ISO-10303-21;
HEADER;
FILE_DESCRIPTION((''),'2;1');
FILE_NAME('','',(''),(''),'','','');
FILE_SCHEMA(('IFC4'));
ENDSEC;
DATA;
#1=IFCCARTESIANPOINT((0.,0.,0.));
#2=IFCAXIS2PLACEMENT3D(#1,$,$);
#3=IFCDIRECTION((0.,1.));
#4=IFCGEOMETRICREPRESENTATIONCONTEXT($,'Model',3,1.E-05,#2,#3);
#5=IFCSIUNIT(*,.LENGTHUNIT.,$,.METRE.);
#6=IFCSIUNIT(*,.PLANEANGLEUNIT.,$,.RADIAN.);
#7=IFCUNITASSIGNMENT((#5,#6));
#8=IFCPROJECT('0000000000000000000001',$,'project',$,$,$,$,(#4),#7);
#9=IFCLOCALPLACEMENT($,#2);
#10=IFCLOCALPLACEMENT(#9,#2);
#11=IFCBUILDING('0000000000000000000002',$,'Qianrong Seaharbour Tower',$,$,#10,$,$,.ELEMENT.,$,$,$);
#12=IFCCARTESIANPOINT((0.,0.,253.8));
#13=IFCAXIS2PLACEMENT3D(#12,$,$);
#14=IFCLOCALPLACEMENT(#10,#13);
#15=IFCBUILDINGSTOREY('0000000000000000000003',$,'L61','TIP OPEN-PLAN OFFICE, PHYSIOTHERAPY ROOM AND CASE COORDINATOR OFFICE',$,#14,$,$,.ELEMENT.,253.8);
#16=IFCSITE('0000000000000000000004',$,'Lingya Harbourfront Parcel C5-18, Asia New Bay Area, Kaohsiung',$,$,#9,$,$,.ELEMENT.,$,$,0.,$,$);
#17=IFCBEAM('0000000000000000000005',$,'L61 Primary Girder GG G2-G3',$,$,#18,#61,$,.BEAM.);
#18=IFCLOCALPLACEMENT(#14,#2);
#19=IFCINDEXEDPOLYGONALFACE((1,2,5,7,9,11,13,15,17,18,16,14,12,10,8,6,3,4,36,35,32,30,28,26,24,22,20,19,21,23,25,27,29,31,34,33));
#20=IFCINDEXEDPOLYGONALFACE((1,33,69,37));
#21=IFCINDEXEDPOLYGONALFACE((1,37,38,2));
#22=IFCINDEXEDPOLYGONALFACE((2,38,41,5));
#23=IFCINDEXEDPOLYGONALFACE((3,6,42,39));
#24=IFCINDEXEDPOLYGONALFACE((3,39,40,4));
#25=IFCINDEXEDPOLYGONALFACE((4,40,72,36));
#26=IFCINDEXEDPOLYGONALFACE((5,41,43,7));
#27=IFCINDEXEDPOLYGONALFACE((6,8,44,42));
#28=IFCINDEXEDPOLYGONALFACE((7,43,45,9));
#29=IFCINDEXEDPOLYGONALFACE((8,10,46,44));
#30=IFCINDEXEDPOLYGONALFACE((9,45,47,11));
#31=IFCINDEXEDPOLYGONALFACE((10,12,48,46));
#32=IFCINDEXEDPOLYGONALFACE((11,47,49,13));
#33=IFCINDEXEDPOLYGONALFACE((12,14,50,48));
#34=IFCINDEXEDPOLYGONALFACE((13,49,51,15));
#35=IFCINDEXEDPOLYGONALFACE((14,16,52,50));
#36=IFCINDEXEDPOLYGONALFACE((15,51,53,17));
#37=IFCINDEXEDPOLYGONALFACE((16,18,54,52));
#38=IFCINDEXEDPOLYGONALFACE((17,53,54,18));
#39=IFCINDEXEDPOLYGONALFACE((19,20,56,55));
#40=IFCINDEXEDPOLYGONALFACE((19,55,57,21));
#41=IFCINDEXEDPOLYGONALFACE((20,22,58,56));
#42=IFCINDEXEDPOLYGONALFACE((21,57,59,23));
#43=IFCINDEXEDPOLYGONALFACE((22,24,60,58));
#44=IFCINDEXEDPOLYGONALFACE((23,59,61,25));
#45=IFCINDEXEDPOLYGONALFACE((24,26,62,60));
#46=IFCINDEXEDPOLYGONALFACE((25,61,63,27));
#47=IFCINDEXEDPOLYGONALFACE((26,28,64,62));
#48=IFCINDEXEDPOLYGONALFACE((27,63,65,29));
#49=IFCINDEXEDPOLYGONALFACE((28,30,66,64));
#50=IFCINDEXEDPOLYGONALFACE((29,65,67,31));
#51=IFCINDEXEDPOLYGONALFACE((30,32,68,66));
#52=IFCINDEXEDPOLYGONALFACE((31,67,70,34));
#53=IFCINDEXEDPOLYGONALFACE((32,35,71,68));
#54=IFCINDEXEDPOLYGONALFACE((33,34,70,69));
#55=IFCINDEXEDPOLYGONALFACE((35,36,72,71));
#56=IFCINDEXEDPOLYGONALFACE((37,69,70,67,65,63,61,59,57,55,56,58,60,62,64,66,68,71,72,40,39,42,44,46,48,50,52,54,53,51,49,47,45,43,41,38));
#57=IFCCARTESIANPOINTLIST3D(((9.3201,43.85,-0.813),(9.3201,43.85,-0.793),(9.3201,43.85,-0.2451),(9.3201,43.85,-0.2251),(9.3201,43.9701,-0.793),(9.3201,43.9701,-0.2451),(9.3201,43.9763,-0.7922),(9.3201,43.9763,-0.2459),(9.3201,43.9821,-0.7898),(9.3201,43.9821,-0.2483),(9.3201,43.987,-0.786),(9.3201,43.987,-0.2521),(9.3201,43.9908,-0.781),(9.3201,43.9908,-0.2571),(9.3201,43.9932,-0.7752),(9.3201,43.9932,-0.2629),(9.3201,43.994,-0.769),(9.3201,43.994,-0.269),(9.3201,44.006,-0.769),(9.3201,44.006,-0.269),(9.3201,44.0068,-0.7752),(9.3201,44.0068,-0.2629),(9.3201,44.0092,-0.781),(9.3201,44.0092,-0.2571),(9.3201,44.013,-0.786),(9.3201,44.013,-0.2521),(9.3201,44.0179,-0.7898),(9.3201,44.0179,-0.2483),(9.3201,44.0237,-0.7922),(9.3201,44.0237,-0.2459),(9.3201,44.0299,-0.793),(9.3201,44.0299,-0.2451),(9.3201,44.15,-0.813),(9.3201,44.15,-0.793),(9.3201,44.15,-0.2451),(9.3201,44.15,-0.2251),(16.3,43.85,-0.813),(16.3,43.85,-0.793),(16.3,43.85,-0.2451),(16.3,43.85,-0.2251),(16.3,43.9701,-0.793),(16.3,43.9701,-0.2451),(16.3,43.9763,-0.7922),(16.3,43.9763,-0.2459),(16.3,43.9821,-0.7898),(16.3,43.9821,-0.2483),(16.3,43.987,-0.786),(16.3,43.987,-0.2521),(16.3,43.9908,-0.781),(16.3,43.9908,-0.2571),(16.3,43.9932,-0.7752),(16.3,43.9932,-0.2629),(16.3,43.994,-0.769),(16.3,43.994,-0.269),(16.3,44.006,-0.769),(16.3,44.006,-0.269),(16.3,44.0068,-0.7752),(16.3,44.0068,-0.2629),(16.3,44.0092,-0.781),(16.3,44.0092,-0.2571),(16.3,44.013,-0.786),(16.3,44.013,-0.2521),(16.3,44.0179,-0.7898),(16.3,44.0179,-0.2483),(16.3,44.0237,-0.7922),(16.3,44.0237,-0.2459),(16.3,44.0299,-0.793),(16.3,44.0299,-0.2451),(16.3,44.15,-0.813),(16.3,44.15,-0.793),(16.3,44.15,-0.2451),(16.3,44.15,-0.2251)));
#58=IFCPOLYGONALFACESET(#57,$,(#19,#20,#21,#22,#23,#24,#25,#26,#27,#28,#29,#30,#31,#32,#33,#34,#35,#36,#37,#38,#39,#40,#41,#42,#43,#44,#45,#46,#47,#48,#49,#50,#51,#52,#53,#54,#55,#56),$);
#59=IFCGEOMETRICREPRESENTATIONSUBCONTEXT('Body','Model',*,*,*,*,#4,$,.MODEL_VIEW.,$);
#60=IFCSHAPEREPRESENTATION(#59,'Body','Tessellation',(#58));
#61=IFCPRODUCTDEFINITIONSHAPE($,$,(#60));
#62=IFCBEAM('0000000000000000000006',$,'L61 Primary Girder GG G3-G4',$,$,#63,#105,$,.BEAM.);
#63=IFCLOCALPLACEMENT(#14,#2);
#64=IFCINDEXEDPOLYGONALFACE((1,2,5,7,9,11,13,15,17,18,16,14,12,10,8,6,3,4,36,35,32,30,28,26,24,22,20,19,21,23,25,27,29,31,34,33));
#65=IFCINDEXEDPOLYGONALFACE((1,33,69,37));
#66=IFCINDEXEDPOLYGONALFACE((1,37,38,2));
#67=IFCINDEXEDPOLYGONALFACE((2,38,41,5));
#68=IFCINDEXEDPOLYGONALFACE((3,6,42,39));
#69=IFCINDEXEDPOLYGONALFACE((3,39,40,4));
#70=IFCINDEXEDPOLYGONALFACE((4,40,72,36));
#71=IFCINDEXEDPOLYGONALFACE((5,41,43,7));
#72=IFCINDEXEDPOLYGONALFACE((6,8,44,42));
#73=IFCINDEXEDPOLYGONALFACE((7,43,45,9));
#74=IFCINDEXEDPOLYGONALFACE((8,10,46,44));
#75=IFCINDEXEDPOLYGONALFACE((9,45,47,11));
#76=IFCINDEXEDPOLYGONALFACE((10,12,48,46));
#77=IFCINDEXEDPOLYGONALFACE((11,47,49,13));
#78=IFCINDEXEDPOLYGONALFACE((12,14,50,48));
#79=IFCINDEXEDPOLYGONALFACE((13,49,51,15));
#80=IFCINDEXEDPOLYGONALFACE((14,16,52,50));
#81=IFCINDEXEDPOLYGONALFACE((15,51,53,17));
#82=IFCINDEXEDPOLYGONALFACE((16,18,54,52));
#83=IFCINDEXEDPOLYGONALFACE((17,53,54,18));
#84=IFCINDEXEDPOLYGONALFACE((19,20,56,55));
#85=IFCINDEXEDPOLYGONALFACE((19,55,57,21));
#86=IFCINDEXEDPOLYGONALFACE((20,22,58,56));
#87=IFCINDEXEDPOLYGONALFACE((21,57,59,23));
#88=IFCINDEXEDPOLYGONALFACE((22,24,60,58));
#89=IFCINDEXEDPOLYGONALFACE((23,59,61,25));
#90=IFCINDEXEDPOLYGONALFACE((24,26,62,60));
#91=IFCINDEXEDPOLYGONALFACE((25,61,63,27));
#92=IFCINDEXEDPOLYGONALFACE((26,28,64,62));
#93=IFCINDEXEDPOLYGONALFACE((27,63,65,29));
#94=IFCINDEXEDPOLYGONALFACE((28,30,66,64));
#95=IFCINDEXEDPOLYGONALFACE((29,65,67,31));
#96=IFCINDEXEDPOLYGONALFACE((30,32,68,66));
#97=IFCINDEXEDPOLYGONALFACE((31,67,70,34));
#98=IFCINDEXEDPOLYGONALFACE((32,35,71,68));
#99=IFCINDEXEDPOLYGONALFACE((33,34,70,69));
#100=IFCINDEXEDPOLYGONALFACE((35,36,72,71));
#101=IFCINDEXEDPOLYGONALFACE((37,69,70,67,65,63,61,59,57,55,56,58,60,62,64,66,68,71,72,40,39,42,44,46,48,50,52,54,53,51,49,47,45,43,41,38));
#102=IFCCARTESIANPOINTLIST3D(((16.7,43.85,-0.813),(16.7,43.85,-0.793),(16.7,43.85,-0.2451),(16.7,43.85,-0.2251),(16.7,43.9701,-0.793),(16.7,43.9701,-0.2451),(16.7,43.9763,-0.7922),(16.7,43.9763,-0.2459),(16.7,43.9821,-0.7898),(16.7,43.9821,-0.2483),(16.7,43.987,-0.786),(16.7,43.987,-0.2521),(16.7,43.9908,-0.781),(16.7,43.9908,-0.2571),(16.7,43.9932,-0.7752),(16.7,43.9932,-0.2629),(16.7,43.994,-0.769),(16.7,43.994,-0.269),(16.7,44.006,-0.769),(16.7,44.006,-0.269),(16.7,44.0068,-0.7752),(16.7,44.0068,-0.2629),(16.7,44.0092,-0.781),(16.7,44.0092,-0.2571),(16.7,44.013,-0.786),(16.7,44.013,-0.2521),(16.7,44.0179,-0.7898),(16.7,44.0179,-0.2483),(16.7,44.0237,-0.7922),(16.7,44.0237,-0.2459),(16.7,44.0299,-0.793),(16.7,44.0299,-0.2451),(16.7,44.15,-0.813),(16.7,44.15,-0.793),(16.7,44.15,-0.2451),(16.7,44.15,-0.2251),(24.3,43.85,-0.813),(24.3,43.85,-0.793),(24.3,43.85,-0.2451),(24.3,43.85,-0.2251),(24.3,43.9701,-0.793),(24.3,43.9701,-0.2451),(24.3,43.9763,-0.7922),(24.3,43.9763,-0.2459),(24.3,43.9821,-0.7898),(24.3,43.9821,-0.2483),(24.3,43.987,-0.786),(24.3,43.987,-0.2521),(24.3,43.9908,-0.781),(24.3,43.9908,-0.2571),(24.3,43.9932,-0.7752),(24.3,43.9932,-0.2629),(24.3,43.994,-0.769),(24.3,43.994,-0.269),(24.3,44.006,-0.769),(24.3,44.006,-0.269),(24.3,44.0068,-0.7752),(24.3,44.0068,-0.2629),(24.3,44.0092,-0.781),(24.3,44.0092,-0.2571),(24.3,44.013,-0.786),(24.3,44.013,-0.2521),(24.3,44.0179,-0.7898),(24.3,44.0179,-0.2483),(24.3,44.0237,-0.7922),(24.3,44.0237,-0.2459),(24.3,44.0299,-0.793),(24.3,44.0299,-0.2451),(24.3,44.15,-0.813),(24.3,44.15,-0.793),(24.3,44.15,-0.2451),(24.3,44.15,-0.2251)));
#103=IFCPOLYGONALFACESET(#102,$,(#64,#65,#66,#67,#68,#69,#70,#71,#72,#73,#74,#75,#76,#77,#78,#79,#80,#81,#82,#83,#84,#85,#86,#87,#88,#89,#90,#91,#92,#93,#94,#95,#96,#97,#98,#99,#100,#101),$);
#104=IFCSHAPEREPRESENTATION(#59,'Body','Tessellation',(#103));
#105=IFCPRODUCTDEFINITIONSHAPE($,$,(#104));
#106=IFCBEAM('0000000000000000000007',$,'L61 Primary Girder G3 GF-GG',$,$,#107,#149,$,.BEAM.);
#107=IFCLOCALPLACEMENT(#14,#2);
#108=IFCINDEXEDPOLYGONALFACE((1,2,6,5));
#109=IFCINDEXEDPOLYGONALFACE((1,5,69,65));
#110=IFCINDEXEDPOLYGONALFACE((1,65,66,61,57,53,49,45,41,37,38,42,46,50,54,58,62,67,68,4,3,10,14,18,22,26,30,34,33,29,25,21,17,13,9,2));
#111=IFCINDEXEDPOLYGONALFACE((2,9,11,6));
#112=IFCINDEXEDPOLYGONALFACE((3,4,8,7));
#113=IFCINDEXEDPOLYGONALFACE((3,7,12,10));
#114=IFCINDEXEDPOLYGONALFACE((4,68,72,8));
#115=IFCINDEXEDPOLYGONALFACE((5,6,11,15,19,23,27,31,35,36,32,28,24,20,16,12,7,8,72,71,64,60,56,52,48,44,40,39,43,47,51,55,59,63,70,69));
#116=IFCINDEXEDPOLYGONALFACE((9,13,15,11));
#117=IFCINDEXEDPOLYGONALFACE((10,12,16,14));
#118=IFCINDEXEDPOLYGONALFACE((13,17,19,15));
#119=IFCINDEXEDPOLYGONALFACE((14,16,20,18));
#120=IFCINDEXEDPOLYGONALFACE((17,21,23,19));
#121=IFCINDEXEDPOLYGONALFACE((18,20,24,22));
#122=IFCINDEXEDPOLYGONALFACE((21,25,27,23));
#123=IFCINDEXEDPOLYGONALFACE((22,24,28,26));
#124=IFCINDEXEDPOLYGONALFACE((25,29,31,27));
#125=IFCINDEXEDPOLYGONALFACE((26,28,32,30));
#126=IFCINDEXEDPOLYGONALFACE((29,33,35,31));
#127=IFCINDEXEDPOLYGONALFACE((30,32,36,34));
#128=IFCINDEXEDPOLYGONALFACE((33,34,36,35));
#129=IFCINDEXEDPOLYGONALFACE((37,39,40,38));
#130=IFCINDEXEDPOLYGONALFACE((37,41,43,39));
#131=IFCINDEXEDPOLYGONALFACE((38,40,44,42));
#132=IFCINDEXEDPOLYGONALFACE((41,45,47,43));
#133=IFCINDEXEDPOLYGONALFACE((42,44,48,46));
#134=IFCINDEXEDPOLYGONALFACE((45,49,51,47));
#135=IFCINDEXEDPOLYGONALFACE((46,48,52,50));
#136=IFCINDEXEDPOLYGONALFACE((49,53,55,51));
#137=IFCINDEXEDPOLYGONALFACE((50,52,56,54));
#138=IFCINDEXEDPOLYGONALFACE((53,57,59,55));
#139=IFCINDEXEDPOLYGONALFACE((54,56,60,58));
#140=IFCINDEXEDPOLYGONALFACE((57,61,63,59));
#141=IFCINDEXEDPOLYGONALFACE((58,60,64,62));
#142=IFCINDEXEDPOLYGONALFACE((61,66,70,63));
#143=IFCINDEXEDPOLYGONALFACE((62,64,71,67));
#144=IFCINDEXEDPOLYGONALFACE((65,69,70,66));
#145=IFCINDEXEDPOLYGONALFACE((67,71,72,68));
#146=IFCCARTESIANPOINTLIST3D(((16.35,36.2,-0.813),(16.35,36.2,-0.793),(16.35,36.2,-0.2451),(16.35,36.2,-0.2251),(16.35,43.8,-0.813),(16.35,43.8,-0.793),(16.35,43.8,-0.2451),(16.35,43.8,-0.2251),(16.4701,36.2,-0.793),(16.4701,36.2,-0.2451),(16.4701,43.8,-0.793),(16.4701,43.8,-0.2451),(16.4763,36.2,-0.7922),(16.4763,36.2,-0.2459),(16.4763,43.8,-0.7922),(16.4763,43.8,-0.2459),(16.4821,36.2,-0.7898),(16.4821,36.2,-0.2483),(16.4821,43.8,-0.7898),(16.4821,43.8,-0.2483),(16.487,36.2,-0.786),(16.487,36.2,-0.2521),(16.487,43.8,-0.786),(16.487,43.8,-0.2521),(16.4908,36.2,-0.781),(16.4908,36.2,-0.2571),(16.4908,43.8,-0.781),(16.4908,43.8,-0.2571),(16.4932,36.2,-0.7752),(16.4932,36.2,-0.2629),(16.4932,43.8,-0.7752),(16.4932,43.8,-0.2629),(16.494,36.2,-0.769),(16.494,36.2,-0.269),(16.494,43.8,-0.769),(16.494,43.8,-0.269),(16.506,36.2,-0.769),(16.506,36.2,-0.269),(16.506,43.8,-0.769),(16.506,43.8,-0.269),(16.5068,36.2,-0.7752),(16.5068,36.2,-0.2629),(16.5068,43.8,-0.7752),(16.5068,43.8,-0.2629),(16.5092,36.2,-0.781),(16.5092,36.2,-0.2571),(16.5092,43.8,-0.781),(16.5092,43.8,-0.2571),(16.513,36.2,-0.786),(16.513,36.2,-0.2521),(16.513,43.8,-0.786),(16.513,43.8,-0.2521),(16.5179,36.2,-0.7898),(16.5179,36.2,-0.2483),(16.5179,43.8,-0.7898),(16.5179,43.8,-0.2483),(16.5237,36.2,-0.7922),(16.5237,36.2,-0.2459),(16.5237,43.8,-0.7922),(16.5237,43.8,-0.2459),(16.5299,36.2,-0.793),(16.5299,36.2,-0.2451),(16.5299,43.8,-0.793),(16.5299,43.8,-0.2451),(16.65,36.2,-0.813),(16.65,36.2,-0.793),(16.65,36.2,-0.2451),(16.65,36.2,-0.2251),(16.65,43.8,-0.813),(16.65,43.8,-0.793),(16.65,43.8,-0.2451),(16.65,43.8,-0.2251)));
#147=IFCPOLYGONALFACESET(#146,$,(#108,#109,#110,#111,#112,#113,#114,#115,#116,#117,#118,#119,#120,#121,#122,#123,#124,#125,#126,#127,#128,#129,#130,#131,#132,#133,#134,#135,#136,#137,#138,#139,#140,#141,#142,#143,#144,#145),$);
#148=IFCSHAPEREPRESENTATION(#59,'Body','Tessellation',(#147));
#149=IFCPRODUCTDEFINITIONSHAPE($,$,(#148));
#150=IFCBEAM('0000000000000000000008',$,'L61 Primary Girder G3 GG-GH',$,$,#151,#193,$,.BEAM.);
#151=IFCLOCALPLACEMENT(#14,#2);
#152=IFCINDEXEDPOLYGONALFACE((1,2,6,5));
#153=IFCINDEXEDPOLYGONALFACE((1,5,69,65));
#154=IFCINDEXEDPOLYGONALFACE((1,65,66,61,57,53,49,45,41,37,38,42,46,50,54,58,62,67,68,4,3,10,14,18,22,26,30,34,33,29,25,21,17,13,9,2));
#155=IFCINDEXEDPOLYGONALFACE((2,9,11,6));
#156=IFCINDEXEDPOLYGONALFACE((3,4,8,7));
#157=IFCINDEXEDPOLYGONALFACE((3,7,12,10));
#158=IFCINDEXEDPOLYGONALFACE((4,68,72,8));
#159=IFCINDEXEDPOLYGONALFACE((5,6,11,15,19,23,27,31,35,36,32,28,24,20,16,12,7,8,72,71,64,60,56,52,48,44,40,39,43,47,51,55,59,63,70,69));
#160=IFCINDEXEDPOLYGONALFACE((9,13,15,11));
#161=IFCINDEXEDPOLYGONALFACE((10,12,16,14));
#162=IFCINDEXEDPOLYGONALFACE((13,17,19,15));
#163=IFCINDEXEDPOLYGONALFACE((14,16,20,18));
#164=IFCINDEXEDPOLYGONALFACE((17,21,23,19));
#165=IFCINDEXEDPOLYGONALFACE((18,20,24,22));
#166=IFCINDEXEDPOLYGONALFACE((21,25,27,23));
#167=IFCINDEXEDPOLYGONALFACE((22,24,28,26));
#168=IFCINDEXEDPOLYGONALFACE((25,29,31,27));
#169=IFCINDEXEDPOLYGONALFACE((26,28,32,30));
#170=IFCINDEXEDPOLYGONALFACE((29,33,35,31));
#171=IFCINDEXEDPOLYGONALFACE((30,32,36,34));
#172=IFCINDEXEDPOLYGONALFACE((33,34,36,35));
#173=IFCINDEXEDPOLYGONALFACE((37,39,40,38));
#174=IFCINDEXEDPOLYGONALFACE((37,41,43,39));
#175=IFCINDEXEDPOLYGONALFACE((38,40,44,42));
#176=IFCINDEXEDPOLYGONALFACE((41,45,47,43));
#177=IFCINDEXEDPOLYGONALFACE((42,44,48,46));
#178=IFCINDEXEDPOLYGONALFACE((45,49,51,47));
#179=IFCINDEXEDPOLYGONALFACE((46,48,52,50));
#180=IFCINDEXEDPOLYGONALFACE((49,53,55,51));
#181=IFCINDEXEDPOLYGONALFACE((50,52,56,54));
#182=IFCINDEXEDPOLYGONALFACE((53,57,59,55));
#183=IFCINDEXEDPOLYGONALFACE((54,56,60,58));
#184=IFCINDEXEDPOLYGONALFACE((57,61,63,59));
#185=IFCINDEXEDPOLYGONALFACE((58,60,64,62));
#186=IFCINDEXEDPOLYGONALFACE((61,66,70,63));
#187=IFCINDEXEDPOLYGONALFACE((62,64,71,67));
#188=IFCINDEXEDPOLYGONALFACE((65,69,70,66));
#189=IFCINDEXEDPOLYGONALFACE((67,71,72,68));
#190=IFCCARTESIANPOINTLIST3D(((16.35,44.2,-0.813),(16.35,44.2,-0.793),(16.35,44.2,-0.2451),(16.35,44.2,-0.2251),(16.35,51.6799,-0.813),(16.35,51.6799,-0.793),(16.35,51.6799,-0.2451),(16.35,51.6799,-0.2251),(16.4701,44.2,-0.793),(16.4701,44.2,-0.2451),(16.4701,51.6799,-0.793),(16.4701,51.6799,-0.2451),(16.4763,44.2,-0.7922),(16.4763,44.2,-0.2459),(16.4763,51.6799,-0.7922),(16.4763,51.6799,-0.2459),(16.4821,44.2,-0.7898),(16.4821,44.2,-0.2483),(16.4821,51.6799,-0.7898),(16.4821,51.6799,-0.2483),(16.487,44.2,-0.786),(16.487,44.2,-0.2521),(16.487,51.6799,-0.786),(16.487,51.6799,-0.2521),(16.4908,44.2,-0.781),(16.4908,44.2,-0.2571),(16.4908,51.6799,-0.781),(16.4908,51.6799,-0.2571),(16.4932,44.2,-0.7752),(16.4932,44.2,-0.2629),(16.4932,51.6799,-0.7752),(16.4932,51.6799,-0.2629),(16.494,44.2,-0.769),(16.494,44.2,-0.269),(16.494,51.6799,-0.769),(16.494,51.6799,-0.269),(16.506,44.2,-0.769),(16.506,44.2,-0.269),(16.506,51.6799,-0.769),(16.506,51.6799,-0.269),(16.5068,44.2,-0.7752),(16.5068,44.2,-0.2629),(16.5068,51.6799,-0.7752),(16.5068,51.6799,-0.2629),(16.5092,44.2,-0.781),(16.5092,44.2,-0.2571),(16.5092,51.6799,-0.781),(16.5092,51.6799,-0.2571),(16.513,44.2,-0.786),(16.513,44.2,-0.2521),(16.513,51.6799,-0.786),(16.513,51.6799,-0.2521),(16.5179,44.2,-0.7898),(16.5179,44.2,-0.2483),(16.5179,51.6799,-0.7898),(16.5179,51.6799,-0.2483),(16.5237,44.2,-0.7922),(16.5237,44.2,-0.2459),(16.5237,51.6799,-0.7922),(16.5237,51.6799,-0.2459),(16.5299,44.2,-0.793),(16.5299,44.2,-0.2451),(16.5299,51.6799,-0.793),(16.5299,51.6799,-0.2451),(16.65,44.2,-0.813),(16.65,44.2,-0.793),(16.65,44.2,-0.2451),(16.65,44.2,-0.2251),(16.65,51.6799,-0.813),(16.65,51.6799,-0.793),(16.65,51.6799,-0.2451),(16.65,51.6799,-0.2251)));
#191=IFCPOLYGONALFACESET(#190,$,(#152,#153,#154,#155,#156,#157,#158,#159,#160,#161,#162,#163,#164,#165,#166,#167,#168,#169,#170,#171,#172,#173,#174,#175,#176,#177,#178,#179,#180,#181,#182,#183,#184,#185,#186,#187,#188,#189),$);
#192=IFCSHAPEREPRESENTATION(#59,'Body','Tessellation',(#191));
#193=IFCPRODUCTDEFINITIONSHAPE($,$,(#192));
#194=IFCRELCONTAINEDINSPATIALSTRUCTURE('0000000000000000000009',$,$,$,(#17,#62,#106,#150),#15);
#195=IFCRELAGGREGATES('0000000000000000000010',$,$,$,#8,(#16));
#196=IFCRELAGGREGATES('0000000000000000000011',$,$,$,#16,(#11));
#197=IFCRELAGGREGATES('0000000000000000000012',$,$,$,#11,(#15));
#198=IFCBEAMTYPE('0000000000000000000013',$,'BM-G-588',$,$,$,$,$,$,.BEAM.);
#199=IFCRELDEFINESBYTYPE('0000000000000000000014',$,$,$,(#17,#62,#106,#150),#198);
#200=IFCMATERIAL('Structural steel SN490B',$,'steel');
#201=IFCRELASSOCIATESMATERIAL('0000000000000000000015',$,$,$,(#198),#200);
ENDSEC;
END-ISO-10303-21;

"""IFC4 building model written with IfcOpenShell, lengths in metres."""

from ifc_helpers import new_model, si_unit, direction, frame, origin, origin_2d, place, context, subcontext, project, spatial, i_section, extrude, material, material_profile, profile_set, type_object, element, save


model = new_model("IFC4")

# Units and contexts
model_context = context("Model", 3, precision=1e-05, world=origin(), true_north=direction((0.0, 1.0)))
body_context = subcontext(model_context, "Body", "Model", "MODEL_VIEW")
ifc_project = project(units=[si_unit("LENGTHUNIT", "METRE"), si_unit("PLANEANGLEUNIT", "RADIAN")], contexts=[model_context])

# Site, building, storey
site_placement = place(None, origin())
site = spatial("IfcSite", under=ifc_project, at=site_placement, Name="Lingya Harbourfront Parcel C5-18, Asia New Bay Area, Kaohsiung", CompositionType="ELEMENT", RefElevation=0.0)
building_placement = place(site_placement, origin())
building = spatial("IfcBuilding", under=site, at=building_placement, Name="Qianrong Seaharbour Tower", CompositionType="ELEMENT")
storey_placement = place(building_placement, frame((0.0, 0.0, 253.8)))
storey = spatial("IfcBuildingStorey", under=building, at=storey_placement, Name="L61", Description="TIP OPEN-PLAN OFFICE, PHYSIOTHERAPY ROOM AND CASE COORDINATOR OFFICE", CompositionType="ELEMENT", Elevation=253.8)

# Shared definitions
ifc_material_1 = material(Name="Structural steel SN490B", Category="steel")

# Beams
ifc_material_profile_1 = material_profile(ifc_material_1, i_section(OverallWidth=0.3, OverallDepth=0.5879, WebThickness=0.012, FlangeThickness=0.02, FilletRadius=0.0239, at=origin_2d()), Name="H588x300x12x20")
ifc_profile_set_1 = profile_set([ifc_material_profile_1], Name="Structural steel SN490B")
beam_type_1 = type_object("IfcBeamType", Name="BM-G-588", PredefinedType="BEAM", material=ifc_profile_set_1)
beam_1_placement = place(storey_placement, frame((9.3201, 44.0, -0.519), z_axis=(1.0, 0.0, 0.0), x_axis=(0.0, 1.0, 0.0)))
element("IfcBeam", 1, at=beam_1_placement, inside=storey, type_object=beam_type_1, Name="L61 Primary Girder GG G2-G3", PredefinedType="BEAM", context=body_context, shape_type="SweptSolid", body=[
    extrude(i_section(OverallWidth=0.3, OverallDepth=0.5879, WebThickness=0.012, FlangeThickness=0.02, FilletRadius=0.0239, at=origin_2d()), origin(), (0.0, 0.0, 1.0), 6.98),
])
for number, where, z_axis, x_axis, name in (
    (2, (16.7, 44.0, -0.519), (1.0, 0.0, 0.0), (0.0, 1.0, 0.0), "L61 Primary Girder GG G3-G4"),
    (3, (16.5, 36.2, -0.519), (0.0, 1.0, 0.0), (-1.0, 0.0, 0.0), "L61 Primary Girder G3 GF-GG"),
):
    element("IfcBeam", number, at=place(storey_placement, frame(where, z_axis=z_axis, x_axis=x_axis)), inside=storey, type_object=beam_type_1, Name=name, PredefinedType="BEAM", context=body_context, shape_type="SweptSolid", body=[
        extrude(i_section(OverallWidth=0.3, OverallDepth=0.5879, WebThickness=0.012, FlangeThickness=0.02, FilletRadius=0.0239, at=origin_2d()), origin(), (0.0, 0.0, 1.0), 7.6001),
    ])
beam_2_placement = place(storey_placement, frame((16.5, 44.2, -0.519), z_axis=(0.0, 1.0, 0.0), x_axis=(-1.0, 0.0, 0.0)))
element("IfcBeam", 4, at=beam_2_placement, inside=storey, type_object=beam_type_1, Name="L61 Primary Girder G3 GG-GH", PredefinedType="BEAM", context=body_context, shape_type="SweptSolid", body=[
    extrude(i_section(OverallWidth=0.3, OverallDepth=0.5879, WebThickness=0.012, FlangeThickness=0.02, FilletRadius=0.0239, at=origin_2d()), origin(), (0.0, 0.0, 1.0), 7.48),
])

save(model, "model.ifc")
